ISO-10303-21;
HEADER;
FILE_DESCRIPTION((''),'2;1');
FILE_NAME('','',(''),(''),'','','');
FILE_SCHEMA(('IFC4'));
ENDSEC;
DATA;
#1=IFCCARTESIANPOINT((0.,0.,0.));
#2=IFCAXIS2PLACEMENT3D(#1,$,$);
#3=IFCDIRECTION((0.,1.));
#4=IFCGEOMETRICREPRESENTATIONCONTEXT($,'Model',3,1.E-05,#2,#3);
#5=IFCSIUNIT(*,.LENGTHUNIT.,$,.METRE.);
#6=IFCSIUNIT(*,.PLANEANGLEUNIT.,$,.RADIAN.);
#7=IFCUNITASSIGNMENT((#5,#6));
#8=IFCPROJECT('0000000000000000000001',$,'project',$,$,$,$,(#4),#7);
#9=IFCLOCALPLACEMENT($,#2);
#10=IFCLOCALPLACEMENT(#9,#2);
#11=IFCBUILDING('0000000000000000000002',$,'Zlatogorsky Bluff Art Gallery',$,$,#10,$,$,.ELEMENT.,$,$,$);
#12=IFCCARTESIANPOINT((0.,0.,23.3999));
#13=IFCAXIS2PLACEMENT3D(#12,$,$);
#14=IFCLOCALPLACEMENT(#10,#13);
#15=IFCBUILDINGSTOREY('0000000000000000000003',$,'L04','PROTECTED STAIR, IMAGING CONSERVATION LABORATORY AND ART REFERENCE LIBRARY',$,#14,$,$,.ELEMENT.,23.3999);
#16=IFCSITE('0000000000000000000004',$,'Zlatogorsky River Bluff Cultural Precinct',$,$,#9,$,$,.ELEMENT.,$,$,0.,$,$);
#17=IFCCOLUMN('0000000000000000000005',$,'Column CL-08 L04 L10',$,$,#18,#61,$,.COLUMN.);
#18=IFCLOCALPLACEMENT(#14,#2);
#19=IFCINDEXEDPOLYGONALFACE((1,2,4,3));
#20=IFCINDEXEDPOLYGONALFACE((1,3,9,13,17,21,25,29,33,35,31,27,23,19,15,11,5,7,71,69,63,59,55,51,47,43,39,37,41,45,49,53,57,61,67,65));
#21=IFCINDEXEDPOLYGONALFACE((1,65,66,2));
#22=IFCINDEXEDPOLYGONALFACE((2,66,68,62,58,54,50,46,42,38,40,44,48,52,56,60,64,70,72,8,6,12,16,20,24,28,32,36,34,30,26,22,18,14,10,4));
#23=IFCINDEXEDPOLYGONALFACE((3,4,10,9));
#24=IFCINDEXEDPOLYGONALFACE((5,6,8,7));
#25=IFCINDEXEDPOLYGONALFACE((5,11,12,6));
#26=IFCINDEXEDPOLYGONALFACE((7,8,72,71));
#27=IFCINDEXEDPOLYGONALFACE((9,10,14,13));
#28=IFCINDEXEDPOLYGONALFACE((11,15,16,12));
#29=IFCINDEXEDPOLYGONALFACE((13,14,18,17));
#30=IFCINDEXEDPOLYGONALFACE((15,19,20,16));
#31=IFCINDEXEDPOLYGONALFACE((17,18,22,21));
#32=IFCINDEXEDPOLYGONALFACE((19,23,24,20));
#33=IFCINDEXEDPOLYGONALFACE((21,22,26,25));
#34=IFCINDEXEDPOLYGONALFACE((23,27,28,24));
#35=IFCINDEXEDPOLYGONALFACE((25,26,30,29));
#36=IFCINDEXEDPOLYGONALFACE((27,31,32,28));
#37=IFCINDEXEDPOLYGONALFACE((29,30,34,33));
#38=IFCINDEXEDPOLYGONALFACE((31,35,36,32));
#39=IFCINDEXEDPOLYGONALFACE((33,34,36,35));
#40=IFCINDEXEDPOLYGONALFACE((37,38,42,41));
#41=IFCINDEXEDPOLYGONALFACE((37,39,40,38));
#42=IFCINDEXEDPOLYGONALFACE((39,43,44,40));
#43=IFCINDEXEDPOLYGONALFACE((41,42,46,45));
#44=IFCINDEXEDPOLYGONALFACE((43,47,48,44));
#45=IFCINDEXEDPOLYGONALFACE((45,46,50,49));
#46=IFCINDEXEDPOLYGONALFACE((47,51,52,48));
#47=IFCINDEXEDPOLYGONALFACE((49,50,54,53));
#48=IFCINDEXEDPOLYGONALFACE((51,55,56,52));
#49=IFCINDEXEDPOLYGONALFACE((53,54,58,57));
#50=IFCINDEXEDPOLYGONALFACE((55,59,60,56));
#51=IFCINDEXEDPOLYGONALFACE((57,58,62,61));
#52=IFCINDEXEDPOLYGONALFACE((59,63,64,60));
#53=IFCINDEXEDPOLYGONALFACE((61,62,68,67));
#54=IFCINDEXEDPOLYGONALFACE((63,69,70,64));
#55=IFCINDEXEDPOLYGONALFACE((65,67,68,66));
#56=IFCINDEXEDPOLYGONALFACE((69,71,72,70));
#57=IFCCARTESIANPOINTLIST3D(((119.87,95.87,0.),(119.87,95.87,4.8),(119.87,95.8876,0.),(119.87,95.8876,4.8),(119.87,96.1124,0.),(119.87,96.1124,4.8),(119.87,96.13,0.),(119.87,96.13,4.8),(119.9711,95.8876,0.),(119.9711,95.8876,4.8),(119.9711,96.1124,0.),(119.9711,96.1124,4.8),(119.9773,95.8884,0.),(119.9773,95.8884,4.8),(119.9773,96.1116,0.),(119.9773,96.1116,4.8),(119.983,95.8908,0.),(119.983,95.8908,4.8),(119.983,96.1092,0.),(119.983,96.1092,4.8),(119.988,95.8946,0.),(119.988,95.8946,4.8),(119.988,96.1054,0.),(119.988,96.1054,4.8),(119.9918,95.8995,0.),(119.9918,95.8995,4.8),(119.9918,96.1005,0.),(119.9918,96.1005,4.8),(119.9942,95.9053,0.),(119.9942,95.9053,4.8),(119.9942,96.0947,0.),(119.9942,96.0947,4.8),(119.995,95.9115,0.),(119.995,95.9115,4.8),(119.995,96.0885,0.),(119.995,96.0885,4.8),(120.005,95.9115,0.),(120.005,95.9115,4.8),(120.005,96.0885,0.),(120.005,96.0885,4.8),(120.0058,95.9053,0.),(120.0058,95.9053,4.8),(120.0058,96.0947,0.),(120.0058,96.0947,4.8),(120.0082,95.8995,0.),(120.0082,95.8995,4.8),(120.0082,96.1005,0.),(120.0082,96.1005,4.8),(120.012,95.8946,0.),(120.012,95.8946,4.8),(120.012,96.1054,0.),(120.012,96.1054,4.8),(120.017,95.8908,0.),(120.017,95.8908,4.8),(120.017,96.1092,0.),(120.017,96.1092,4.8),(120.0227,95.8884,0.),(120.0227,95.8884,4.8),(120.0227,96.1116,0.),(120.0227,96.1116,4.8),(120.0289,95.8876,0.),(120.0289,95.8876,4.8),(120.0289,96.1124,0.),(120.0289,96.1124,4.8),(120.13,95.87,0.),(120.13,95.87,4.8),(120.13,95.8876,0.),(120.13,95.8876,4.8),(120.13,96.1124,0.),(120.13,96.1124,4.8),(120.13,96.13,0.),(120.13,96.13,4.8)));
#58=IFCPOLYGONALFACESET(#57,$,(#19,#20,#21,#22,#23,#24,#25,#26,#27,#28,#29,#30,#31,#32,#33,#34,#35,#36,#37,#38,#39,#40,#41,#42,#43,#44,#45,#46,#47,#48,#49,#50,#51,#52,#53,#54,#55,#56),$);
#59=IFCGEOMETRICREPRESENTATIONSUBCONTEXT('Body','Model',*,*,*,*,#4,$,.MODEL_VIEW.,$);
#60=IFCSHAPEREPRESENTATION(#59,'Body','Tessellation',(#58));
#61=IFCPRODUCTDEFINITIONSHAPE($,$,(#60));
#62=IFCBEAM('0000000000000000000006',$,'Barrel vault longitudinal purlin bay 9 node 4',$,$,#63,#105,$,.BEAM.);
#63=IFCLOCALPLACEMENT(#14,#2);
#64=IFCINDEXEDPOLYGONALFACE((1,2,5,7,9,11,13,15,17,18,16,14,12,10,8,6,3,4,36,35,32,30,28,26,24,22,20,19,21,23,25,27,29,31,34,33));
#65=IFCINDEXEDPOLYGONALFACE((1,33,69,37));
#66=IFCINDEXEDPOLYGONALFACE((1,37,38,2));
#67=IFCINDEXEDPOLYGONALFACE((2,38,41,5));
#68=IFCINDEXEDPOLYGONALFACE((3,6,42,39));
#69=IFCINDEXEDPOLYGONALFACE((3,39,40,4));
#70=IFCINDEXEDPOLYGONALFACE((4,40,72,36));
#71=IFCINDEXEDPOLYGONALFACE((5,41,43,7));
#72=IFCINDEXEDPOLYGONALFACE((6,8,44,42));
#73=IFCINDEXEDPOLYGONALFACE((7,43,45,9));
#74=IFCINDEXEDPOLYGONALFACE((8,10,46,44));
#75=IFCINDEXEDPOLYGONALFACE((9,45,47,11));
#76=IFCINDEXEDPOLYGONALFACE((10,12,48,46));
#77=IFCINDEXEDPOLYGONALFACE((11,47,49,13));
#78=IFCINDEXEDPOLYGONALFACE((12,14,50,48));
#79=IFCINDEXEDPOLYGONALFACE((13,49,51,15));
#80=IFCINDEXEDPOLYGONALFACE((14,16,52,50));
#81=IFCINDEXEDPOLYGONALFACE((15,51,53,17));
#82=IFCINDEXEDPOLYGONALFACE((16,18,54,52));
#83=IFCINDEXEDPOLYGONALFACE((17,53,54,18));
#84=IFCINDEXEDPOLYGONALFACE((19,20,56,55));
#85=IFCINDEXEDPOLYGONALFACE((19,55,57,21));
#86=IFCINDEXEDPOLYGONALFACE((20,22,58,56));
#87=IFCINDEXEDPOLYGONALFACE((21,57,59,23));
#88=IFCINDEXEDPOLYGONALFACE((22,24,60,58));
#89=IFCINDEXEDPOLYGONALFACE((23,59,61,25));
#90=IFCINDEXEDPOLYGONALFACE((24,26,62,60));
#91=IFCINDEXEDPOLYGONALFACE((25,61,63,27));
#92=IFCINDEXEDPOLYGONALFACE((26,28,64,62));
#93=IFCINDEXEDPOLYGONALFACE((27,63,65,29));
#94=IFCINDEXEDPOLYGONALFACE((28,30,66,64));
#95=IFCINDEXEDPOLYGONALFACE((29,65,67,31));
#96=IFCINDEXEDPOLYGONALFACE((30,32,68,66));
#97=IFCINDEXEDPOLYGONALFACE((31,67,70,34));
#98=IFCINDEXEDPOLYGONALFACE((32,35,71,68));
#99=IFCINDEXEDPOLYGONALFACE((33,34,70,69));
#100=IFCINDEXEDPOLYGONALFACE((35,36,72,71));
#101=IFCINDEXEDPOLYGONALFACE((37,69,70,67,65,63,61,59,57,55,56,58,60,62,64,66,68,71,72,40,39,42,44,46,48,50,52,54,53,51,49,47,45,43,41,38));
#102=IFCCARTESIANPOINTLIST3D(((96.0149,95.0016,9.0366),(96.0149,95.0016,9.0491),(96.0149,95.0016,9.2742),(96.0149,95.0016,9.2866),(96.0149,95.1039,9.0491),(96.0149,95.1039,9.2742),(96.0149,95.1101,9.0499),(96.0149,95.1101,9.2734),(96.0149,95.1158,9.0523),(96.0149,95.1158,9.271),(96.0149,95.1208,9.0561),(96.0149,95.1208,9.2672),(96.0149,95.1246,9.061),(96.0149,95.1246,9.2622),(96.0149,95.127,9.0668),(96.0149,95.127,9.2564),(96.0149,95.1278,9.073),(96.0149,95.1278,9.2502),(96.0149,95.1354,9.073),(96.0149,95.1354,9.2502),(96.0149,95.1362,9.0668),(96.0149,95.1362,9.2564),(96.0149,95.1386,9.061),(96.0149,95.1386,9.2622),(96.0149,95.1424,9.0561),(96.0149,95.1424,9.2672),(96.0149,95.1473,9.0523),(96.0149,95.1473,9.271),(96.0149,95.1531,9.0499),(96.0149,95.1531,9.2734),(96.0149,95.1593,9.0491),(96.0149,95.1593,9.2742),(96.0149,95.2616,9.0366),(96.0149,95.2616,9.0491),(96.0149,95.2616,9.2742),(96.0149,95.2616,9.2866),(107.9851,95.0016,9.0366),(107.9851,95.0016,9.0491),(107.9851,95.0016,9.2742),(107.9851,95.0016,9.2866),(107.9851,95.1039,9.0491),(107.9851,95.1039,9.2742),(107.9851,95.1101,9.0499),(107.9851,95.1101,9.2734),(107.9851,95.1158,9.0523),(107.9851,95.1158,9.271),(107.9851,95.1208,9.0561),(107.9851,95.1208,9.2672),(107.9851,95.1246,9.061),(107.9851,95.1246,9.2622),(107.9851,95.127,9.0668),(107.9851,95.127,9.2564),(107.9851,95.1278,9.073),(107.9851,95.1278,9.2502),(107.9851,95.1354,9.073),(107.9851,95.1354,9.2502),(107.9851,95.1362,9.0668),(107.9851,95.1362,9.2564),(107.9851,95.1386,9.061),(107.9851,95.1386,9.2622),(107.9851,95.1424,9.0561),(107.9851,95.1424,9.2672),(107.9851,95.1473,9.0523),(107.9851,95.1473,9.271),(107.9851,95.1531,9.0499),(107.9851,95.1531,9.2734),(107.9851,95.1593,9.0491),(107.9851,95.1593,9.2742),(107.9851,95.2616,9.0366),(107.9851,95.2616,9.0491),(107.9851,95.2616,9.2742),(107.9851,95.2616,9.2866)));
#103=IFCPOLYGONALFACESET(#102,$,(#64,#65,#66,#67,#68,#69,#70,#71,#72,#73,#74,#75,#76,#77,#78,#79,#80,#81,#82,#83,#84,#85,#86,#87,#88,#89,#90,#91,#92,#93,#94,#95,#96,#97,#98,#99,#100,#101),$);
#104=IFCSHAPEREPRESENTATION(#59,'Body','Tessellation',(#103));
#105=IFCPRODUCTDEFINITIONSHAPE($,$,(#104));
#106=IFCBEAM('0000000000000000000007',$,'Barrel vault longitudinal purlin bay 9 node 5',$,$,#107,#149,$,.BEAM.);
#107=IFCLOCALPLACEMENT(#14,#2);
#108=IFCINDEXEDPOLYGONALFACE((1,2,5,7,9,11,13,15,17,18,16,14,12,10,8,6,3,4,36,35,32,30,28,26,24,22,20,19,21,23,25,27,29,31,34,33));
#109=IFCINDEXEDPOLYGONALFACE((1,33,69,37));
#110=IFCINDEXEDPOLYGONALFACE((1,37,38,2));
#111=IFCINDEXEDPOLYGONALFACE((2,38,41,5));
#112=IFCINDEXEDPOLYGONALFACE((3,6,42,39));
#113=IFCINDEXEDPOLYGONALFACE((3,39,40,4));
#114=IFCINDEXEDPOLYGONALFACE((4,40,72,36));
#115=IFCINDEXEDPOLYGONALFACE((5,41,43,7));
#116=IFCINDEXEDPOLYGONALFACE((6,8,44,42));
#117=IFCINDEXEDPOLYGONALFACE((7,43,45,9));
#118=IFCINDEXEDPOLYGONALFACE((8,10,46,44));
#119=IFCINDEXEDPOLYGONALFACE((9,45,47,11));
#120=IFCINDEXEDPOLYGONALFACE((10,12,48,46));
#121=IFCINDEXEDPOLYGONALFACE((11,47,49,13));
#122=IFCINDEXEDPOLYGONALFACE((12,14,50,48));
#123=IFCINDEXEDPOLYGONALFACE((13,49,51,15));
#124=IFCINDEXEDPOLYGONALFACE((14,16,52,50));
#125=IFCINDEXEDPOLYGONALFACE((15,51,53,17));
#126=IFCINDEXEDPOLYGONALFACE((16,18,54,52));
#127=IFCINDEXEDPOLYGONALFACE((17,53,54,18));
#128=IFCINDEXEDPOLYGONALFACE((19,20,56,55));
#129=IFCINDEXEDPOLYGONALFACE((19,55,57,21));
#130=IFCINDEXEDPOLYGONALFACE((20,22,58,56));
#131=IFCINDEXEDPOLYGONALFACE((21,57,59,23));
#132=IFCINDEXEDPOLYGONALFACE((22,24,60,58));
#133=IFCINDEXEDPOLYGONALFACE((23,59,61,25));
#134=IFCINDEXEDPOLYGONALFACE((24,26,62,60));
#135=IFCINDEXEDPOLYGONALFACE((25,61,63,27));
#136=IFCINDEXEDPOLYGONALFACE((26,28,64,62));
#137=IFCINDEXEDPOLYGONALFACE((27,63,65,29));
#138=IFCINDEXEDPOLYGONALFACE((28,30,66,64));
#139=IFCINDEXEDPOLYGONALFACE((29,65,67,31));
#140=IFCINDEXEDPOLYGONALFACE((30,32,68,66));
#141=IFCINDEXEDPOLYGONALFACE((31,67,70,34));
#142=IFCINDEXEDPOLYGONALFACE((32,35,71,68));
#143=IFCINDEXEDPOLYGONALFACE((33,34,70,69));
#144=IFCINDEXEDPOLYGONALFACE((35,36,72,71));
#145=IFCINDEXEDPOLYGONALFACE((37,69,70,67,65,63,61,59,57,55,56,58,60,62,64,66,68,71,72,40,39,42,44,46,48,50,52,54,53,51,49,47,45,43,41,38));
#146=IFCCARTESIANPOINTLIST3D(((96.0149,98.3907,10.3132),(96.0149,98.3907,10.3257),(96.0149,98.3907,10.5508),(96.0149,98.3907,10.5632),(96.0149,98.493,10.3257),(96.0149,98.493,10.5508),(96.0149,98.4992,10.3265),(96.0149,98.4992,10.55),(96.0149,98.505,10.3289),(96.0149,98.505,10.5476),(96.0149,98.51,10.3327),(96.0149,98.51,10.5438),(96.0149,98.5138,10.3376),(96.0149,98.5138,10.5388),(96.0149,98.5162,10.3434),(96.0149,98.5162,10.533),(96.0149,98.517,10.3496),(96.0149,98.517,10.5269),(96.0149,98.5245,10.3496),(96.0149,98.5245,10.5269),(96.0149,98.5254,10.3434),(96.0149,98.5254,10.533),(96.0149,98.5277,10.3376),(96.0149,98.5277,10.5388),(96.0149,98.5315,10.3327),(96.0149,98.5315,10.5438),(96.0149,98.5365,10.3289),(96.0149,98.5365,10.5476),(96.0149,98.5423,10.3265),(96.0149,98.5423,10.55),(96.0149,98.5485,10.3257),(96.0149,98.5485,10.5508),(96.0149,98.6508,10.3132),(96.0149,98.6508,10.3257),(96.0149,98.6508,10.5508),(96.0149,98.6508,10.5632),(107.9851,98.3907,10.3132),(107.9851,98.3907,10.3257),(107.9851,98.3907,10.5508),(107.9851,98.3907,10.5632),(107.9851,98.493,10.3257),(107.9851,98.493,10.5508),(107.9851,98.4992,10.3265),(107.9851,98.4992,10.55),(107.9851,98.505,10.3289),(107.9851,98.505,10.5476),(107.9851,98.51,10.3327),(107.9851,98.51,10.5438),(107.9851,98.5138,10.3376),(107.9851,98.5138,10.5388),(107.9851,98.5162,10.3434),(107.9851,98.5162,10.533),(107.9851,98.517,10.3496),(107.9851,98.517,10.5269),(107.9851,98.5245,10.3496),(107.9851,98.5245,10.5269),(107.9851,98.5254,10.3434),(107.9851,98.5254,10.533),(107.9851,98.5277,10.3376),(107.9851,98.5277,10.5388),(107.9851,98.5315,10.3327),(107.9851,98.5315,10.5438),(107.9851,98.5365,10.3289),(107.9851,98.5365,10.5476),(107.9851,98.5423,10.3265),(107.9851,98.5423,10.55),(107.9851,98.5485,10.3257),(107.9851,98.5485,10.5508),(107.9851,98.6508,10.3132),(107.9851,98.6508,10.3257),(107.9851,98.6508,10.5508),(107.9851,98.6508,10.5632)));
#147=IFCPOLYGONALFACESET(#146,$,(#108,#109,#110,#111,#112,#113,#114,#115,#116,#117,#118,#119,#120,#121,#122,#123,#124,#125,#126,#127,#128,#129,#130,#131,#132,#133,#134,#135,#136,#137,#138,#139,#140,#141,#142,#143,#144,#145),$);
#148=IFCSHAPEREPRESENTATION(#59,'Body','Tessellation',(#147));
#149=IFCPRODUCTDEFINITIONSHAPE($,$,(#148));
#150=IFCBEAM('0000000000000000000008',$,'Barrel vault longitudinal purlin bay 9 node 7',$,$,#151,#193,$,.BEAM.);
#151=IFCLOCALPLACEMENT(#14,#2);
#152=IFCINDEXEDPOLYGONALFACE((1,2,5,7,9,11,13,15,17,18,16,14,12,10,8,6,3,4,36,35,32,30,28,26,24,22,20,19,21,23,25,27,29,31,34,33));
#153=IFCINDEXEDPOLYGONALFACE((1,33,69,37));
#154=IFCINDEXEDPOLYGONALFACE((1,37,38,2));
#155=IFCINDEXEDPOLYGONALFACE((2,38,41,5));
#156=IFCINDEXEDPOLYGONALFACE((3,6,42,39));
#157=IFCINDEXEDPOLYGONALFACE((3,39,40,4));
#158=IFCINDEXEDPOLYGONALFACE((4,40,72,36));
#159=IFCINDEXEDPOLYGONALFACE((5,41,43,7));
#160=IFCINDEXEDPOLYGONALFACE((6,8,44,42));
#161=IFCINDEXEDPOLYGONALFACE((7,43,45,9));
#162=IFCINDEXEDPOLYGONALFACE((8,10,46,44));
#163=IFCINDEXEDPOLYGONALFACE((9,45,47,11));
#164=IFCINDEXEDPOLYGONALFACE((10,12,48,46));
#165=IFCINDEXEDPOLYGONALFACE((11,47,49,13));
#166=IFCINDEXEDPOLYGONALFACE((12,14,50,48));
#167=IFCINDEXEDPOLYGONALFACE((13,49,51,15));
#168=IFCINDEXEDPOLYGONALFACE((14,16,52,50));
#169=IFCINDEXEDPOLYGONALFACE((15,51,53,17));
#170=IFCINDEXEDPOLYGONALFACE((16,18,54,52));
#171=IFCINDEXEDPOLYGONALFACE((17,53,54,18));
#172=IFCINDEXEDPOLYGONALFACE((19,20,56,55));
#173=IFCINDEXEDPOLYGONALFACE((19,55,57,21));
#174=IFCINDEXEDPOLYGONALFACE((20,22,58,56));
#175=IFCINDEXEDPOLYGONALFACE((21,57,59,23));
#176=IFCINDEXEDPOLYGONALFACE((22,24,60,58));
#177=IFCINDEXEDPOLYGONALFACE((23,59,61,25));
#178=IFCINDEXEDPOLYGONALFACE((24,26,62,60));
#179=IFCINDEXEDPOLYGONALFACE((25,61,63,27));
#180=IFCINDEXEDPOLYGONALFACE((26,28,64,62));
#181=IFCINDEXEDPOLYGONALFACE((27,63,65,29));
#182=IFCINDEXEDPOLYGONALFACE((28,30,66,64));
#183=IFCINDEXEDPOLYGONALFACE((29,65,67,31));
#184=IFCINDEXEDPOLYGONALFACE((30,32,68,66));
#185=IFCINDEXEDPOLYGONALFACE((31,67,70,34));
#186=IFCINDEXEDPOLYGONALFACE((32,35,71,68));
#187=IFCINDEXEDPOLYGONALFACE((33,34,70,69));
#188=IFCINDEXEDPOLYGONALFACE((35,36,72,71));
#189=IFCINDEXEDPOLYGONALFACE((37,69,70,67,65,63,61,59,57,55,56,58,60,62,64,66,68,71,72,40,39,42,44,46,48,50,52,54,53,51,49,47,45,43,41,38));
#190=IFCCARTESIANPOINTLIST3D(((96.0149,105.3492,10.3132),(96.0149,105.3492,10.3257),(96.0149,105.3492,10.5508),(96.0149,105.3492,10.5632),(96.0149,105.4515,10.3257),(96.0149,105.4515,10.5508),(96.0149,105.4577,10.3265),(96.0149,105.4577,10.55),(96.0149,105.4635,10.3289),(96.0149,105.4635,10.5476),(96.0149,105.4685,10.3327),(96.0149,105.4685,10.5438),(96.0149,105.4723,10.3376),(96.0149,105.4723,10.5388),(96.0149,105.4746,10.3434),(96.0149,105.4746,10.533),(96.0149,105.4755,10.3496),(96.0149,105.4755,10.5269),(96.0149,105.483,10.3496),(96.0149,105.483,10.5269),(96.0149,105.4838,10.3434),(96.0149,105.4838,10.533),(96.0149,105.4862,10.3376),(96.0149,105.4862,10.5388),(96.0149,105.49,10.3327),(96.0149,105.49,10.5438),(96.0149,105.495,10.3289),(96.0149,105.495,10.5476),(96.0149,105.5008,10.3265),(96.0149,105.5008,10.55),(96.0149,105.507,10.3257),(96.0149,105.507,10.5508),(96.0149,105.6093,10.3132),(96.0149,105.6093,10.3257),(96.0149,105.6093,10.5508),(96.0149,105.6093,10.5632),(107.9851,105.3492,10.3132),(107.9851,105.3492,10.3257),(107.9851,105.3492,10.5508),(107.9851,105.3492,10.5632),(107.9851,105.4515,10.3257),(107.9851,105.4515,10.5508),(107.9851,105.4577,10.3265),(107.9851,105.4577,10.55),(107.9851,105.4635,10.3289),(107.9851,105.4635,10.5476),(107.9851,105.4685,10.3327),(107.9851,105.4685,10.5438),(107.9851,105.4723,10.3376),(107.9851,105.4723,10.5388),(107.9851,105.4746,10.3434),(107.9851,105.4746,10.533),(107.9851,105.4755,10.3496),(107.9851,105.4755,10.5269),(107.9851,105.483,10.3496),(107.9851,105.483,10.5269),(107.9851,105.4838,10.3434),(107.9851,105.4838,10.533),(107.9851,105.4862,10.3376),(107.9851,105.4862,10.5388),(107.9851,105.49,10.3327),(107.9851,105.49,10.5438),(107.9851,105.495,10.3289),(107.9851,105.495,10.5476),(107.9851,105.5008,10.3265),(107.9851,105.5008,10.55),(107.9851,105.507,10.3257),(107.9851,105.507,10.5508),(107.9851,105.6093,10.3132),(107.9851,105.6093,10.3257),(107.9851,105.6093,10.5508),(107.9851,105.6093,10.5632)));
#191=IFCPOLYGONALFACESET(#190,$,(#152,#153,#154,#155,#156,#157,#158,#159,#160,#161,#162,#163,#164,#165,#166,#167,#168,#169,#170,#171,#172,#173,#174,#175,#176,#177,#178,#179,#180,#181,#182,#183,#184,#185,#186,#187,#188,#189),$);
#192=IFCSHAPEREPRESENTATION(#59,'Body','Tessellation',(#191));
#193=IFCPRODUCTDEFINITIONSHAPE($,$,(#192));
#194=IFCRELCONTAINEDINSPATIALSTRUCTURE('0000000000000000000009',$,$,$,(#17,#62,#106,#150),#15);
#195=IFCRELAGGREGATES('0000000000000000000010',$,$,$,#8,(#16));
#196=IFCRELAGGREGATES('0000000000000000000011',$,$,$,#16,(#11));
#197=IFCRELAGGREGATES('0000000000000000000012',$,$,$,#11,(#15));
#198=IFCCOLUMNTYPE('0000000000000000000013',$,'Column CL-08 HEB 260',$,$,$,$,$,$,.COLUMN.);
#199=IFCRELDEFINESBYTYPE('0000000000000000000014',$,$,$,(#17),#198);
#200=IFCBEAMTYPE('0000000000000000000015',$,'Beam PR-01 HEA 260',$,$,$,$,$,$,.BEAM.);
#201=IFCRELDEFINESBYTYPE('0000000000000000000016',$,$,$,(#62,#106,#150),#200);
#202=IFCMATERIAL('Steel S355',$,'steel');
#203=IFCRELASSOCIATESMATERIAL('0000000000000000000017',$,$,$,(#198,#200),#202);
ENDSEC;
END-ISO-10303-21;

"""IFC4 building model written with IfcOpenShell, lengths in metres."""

from ifc_helpers import new_model, si_unit, direction, frame, origin, origin_2d, place, context, subcontext, project, spatial, i_section, extrude, material, material_profile, profile_set, type_object, element, save


model = new_model("IFC4")

# Units and contexts
model_context = context("Model", 3, precision=1e-05, world=origin(), true_north=direction((0.0, 1.0)))
body_context = subcontext(model_context, "Body", "Model", "MODEL_VIEW")
ifc_project = project(units=[si_unit("LENGTHUNIT", "METRE"), si_unit("PLANEANGLEUNIT", "RADIAN")], contexts=[model_context])

# Site, building, storey
site_placement = place(None, origin())
site = spatial("IfcSite", under=ifc_project, at=site_placement, Name="Zlatogorsky River Bluff Cultural Precinct", CompositionType="ELEMENT", RefElevation=0.0)
building_placement = place(site_placement, origin())
building = spatial("IfcBuilding", under=site, at=building_placement, Name="Zlatogorsky Bluff Art Gallery", CompositionType="ELEMENT")
storey_placement = place(building_placement, frame((0.0, 0.0, 23.3999)))
storey = spatial("IfcBuildingStorey", under=building, at=storey_placement, Name="L04", Description="PROTECTED STAIR, IMAGING CONSERVATION LABORATORY AND ART REFERENCE LIBRARY", CompositionType="ELEMENT", Elevation=23.3999)

# Column
ifc_material_1 = material(Name="Steel S355", Category="steel")
ifc_material_profile_1 = material_profile(ifc_material_1, i_section(OverallWidth=0.26, OverallDepth=0.26, WebThickness=0.01, FlangeThickness=0.0176, FilletRadius=0.0239, at=origin_2d()), Name="HEB 260")
ifc_profile_set_1 = profile_set([ifc_material_profile_1], Name="Steel S355")
column_type = type_object("IfcColumnType", Name="Column CL-08 HEB 260", PredefinedType="COLUMN", material=ifc_profile_set_1)
column_placement = place(storey_placement, frame((120.0, 96.0, 0.0), z_axis=(0.0, 0.0, 1.0), x_axis=(1.0, 0.0, 0.0)))
element("IfcColumn", 1, at=column_placement, inside=storey, type_object=column_type, Name="Column CL-08 L04 L10", PredefinedType="COLUMN", context=body_context, shape_type="SweptSolid", body=[
    extrude(i_section(OverallWidth=0.26, OverallDepth=0.26, WebThickness=0.01, FlangeThickness=0.0176, FilletRadius=0.0239, at=origin_2d()), origin(), (0.0, 0.0, 1.0), 4.8),
])

# Beams
ifc_material_profile_2 = material_profile(ifc_material_1, i_section(OverallWidth=0.26, OverallDepth=0.25, WebThickness=0.0076, FlangeThickness=0.0125, FilletRadius=0.0239, at=origin_2d()), Name="HEA 260")
ifc_profile_set_2 = profile_set([ifc_material_profile_2], Name="Steel S355")
beam_type_1 = type_object("IfcBeamType", Name="Beam PR-01 HEA 260", PredefinedType="BEAM", material=ifc_profile_set_2)
for number, where, z_axis, x_axis, name in (
    (2, (96.0149, 95.1316, 9.1616), (1.0, 0.0, 0.0), (0.0, 1.0, 0.0), "Barrel vault longitudinal purlin bay 9 node 4"),
    (3, (96.0149, 98.5208, 10.4382), (1.0, 0.0, 0.0), (0.0, 1.0, 0.0), "Barrel vault longitudinal purlin bay 9 node 5"),
    (4, (96.0149, 105.4792, 10.4382), (1.0, 0.0, 0.0), (0.0, 1.0, 0.0), "Barrel vault longitudinal purlin bay 9 node 7"),
):
    element("IfcBeam", number, at=place(storey_placement, frame(where, z_axis=z_axis, x_axis=x_axis)), inside=storey, type_object=beam_type_1, Name=name, PredefinedType="BEAM", context=body_context, shape_type="SweptSolid", body=[
        extrude(i_section(OverallWidth=0.26, OverallDepth=0.25, WebThickness=0.0076, FlangeThickness=0.0125, FilletRadius=0.0239, at=origin_2d()), origin(), (0.0, 0.0, 1.0), 11.9702),
    ])

save(model, "model.ifc")
